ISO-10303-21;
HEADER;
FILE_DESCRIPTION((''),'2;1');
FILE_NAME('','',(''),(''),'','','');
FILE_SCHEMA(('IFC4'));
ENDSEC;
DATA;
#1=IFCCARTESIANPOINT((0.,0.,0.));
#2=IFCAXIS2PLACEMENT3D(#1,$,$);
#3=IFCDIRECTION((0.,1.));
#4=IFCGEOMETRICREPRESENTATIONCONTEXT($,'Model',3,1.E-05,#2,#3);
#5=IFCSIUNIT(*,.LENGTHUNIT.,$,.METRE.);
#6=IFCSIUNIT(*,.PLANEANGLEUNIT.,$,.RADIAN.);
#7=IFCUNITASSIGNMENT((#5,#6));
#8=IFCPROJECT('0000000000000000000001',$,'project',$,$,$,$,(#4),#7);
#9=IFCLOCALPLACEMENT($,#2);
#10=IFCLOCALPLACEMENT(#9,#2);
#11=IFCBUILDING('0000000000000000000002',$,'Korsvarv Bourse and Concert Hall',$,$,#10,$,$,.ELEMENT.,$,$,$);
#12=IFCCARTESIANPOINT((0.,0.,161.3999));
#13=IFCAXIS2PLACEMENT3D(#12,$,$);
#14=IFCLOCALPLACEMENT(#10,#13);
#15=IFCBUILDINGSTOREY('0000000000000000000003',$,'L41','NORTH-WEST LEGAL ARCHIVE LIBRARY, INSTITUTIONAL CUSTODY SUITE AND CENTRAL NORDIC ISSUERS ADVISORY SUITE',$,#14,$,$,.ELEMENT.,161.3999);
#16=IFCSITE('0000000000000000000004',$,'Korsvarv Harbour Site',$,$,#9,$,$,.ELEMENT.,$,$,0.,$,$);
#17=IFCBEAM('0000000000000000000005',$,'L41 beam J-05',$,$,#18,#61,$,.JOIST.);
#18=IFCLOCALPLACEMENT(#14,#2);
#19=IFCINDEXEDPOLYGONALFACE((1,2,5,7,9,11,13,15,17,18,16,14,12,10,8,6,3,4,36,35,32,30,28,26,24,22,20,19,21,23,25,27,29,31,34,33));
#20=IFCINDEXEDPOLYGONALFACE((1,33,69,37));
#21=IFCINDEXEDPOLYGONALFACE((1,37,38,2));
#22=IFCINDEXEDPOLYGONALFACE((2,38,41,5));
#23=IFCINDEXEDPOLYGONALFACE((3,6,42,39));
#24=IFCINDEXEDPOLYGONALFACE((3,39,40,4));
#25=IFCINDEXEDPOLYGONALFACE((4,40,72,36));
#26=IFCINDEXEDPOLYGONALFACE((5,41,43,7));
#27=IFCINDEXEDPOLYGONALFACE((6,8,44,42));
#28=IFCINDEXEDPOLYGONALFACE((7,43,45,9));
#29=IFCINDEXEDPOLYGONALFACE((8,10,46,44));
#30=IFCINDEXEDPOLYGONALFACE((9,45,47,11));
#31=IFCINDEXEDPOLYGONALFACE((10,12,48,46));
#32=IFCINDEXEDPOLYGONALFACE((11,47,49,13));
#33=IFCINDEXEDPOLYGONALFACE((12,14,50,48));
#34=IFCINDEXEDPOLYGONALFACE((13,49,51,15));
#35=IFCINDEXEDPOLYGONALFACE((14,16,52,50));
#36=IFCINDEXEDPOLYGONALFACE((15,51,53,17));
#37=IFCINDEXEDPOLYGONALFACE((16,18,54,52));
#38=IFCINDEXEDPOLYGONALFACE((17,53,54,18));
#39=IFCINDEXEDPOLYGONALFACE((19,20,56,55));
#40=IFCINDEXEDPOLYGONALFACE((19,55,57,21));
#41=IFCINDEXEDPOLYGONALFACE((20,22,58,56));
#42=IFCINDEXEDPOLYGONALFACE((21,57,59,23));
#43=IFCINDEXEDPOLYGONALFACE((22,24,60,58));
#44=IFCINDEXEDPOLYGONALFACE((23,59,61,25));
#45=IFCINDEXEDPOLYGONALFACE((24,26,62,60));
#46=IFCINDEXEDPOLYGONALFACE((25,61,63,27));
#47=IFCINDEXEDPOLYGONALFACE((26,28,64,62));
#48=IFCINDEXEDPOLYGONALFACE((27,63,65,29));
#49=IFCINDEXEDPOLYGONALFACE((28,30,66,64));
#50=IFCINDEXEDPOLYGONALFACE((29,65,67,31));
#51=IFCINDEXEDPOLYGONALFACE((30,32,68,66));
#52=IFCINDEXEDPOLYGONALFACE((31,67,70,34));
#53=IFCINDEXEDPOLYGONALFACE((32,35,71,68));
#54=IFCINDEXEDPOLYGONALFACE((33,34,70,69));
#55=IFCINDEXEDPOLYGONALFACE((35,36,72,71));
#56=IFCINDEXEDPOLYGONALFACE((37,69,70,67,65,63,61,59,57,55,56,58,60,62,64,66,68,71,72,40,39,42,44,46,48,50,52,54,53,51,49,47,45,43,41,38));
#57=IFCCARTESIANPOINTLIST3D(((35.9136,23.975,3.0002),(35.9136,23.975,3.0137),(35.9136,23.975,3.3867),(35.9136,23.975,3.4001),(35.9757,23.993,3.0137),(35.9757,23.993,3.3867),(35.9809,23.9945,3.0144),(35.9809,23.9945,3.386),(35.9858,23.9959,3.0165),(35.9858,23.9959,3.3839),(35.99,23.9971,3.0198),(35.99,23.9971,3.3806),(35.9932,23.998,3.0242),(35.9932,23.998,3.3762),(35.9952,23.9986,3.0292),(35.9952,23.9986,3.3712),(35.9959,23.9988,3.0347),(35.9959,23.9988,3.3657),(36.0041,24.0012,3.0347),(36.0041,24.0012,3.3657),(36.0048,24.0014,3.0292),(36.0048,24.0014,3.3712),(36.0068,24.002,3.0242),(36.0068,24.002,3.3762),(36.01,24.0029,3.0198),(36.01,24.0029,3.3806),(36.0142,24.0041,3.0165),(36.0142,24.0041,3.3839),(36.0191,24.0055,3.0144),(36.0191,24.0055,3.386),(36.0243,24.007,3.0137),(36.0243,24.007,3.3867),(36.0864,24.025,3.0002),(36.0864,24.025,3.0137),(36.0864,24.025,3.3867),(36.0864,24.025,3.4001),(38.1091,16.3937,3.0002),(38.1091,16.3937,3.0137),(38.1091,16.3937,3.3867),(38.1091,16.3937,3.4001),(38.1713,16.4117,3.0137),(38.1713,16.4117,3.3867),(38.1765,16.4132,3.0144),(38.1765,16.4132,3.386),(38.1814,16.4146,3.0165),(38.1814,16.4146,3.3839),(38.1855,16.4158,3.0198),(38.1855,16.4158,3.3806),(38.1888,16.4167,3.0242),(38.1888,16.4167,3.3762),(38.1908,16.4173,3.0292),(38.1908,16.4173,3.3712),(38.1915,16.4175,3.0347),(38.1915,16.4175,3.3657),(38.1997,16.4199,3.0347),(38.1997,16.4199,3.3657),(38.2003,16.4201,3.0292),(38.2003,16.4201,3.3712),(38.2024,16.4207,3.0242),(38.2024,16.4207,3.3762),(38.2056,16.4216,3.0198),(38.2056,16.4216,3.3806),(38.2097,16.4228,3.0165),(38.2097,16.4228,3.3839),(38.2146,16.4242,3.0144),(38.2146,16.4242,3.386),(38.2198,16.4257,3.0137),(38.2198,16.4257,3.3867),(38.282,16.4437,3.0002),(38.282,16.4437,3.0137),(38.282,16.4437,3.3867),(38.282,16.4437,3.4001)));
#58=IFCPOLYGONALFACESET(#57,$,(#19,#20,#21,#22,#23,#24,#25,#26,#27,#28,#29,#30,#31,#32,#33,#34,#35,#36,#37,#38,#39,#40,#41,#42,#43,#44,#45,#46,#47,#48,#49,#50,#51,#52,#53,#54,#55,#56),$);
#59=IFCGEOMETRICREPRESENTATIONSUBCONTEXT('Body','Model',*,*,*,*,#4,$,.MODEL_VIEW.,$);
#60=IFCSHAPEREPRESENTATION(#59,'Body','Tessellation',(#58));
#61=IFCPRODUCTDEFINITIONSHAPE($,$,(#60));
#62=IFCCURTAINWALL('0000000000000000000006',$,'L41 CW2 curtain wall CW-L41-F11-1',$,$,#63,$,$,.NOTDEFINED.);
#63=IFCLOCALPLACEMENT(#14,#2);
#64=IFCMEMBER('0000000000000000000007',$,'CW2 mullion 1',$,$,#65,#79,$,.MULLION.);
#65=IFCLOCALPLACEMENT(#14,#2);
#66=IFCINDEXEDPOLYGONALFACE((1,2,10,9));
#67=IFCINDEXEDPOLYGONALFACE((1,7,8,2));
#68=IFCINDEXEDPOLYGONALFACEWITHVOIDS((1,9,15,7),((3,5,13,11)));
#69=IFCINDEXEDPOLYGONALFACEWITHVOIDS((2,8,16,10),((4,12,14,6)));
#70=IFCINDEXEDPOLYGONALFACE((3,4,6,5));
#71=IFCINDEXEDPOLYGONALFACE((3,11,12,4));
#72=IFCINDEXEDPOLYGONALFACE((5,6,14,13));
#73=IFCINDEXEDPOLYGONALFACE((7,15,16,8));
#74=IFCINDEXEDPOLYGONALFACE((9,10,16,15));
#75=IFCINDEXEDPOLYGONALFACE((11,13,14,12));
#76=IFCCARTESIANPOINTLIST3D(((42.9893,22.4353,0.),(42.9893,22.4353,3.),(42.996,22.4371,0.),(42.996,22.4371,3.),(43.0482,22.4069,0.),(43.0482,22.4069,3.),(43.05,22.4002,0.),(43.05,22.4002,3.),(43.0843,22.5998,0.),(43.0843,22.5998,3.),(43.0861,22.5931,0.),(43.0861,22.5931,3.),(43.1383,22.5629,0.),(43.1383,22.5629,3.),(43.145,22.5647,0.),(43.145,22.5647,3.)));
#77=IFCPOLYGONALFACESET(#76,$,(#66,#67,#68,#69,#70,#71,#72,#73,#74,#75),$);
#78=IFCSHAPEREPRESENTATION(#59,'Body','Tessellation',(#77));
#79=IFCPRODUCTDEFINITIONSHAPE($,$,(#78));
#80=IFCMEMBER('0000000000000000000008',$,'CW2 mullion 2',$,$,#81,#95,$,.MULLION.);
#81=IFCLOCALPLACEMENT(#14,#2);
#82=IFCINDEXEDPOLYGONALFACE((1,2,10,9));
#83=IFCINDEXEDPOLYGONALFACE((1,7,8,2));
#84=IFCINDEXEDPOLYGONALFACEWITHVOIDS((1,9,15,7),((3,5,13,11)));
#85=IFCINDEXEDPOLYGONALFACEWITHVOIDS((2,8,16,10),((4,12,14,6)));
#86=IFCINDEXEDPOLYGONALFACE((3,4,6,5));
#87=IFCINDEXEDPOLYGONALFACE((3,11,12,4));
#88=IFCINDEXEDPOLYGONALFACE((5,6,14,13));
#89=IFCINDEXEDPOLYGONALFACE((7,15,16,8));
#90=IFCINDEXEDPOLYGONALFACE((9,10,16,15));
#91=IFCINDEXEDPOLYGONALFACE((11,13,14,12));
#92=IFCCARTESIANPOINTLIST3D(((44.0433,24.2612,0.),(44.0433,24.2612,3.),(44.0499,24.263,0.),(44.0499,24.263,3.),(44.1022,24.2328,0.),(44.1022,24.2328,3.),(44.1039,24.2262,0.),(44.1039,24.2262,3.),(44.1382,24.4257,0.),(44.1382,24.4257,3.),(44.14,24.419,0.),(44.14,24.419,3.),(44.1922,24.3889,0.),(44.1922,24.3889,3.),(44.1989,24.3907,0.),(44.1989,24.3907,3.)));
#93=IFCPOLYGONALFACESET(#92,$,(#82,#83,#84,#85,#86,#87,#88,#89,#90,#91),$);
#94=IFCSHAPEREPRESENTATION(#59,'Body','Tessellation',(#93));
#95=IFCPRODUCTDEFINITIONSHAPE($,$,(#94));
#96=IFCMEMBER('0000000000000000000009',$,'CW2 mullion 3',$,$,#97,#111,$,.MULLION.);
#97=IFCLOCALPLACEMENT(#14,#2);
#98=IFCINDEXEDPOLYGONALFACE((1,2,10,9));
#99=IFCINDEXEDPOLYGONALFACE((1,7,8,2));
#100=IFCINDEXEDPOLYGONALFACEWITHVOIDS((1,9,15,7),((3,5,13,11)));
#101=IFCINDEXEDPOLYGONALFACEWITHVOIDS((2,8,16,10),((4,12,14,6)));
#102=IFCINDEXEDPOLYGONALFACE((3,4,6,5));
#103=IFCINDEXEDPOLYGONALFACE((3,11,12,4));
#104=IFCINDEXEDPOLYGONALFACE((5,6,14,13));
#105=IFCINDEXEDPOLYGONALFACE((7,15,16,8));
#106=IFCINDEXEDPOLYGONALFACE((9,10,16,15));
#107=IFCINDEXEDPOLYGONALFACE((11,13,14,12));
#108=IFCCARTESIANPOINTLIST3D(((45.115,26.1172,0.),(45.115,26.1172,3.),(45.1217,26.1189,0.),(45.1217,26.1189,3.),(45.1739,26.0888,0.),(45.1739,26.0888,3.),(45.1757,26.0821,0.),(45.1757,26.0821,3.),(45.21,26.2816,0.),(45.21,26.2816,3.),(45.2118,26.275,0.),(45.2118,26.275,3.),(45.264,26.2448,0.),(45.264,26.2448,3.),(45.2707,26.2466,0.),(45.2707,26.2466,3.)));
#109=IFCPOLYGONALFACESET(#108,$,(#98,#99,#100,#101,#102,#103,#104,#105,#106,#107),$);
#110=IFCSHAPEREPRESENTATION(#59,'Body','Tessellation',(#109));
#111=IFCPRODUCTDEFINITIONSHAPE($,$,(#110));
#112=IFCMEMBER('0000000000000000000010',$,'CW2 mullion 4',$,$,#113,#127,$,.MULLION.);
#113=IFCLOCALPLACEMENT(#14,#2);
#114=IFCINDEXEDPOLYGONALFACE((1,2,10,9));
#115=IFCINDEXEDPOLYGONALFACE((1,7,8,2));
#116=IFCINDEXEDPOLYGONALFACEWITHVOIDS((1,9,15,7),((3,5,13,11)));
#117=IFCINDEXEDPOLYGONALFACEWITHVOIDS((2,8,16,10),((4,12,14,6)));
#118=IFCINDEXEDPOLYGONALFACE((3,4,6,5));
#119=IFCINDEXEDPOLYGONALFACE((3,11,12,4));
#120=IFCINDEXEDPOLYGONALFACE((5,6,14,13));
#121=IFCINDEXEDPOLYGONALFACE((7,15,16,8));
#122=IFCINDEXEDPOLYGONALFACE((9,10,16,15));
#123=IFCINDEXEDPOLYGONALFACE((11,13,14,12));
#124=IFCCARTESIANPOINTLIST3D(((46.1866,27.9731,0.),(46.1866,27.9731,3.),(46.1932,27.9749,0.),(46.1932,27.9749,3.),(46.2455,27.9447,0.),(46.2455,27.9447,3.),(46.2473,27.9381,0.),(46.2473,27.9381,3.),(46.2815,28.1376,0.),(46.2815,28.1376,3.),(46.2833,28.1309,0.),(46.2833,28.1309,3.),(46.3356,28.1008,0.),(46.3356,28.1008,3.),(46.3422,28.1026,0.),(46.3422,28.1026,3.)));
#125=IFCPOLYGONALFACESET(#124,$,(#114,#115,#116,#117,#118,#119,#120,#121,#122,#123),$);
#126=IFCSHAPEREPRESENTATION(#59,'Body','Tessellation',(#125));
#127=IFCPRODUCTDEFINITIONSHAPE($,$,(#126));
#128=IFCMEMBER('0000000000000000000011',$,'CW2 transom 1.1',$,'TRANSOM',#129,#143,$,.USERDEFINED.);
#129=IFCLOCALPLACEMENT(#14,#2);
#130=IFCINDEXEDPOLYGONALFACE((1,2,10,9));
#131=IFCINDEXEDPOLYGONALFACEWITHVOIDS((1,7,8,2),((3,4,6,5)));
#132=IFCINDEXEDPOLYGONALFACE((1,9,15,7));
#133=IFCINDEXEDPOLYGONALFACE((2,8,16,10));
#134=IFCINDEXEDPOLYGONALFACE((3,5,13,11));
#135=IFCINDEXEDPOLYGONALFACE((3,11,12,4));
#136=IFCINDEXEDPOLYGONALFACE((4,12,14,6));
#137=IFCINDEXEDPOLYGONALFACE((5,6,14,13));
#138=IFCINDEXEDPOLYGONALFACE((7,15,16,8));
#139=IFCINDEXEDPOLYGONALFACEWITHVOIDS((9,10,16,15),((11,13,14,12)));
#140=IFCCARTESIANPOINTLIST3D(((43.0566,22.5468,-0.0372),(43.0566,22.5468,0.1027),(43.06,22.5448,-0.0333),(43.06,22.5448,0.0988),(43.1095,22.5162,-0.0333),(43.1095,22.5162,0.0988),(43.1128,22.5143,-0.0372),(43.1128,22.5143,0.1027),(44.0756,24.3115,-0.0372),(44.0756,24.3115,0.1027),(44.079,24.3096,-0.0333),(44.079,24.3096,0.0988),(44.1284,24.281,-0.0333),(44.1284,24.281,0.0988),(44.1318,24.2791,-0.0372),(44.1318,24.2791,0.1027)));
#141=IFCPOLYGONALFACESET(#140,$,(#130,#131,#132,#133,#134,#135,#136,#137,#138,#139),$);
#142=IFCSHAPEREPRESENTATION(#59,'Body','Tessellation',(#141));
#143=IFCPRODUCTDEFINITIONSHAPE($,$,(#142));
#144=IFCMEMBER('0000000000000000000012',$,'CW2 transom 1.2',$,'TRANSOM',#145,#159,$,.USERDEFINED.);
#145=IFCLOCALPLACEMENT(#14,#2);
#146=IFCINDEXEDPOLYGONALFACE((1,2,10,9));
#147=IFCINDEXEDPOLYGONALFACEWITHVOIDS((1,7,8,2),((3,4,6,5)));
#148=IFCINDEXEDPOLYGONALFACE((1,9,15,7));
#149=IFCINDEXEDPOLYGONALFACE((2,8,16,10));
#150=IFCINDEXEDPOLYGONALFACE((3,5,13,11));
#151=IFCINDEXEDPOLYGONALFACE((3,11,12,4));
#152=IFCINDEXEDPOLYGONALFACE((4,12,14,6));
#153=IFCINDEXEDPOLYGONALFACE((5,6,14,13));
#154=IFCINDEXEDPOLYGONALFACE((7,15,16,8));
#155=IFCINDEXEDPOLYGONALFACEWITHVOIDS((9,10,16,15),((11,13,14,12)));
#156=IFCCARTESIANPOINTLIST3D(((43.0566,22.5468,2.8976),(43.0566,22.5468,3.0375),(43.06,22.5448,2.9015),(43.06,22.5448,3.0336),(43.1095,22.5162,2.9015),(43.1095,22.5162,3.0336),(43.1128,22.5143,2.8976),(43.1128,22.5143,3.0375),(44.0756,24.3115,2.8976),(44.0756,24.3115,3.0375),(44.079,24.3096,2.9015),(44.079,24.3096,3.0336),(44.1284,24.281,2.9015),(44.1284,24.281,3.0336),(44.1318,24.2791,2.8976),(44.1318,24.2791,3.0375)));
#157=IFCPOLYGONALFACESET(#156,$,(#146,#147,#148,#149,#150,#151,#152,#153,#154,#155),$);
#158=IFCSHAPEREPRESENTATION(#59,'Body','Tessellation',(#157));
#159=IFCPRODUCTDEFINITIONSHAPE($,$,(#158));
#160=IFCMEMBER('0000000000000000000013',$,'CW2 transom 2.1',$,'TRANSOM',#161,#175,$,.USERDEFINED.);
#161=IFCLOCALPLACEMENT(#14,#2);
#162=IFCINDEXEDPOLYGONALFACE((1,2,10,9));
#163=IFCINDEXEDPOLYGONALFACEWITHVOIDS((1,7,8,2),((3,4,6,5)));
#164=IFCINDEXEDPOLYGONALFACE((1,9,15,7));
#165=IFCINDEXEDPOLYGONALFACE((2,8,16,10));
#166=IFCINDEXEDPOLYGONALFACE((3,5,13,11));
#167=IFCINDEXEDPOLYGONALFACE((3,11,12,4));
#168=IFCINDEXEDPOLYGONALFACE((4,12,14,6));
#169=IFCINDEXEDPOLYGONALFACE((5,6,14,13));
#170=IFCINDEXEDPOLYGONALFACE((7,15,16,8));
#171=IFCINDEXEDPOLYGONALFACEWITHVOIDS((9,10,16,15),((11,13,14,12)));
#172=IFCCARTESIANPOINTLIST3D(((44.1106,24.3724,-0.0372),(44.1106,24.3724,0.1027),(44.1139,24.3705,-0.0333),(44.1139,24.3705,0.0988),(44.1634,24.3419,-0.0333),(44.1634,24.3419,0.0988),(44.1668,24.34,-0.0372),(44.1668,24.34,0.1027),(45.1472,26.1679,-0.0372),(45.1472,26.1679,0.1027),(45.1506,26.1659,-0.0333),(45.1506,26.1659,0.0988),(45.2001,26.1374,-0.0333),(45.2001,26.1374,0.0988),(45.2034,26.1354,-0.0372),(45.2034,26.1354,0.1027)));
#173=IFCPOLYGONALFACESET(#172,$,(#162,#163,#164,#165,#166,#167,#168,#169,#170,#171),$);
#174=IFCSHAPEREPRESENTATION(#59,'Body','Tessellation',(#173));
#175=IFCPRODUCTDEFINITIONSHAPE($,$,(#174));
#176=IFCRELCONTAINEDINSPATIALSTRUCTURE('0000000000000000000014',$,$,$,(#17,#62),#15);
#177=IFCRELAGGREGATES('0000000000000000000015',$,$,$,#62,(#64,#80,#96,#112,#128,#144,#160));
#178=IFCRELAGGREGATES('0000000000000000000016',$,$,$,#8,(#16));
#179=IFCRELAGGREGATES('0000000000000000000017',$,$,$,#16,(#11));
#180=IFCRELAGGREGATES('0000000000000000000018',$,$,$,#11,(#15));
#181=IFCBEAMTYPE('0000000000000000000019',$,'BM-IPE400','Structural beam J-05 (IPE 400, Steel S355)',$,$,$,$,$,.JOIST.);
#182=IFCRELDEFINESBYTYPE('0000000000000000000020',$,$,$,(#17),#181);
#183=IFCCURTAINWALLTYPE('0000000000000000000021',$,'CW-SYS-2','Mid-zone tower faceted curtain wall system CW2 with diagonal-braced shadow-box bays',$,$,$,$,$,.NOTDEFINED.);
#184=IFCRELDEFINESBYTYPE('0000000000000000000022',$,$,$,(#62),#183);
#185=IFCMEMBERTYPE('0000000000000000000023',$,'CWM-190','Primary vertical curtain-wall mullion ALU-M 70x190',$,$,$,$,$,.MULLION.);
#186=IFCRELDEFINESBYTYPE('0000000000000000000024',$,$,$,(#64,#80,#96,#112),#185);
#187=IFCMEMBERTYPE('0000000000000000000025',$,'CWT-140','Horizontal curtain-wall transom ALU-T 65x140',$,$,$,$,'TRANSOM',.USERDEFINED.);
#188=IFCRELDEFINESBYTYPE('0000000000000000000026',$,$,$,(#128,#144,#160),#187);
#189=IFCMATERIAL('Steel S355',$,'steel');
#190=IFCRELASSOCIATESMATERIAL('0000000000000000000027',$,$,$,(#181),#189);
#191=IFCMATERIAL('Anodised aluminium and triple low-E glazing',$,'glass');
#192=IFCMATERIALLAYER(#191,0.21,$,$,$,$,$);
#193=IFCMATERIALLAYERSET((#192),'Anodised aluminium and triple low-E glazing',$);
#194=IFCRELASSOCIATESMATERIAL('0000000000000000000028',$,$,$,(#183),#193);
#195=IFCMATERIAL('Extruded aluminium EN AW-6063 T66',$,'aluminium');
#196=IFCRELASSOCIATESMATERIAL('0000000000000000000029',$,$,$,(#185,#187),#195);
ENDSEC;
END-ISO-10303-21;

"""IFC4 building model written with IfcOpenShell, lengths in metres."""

from ifc_helpers import new_model, si_unit, direction, frame, origin, origin_2d, place, context, subcontext, project, spatial, hollow_rectangle, i_section, extrude, source, transform, mapped, material, layer, layer_set, material_profile, profile_set, type_object, element, aggregate, save


model = new_model("IFC4")

# Units and contexts
model_context = context("Model", 3, precision=1e-05, world=origin(), true_north=direction((0.0, 1.0)))
body_context = subcontext(model_context, "Body", "Model", "MODEL_VIEW")
ifc_project = project(units=[si_unit("LENGTHUNIT", "METRE"), si_unit("PLANEANGLEUNIT", "RADIAN")], contexts=[model_context])

# Site, building, storey
site_placement = place(None, origin())
site = spatial("IfcSite", under=ifc_project, at=site_placement, Name="Korsvarv Harbour Site", CompositionType="ELEMENT", RefElevation=0.0)
building_placement = place(site_placement, origin())
building = spatial("IfcBuilding", under=site, at=building_placement, Name="Korsvarv Bourse and Concert Hall", CompositionType="ELEMENT")
storey_placement = place(building_placement, frame((0.0, 0.0, 161.3999)))
storey = spatial("IfcBuildingStorey", under=building, at=storey_placement, Name="L41", Description="NORTH-WEST LEGAL ARCHIVE LIBRARY, INSTITUTIONAL CUSTODY SUITE AND CENTRAL NORDIC ISSUERS ADVISORY SUITE", CompositionType="ELEMENT", Elevation=161.3999)

# Shared definitions
ifc_material_1 = material(Name="Steel S355", Category="steel")

# Beam
ifc_material_profile_1 = material_profile(ifc_material_1, i_section(OverallWidth=0.1799, OverallDepth=0.3999, WebThickness=0.0085, FlangeThickness=0.0134, FilletRadius=0.021, at=origin_2d()), Name="IPE 400")
ifc_profile_set_1 = profile_set([ifc_material_profile_1], Name="Steel S355")
beam_type_1 = type_object("IfcBeamType", Name="BM-IPE400", Description="Structural beam J-05 (IPE 400, Steel S355)", PredefinedType="JOIST", material=ifc_profile_set_1)
shared_shape_1 = source(origin(), body_context, "Body", "SweptSolid", [
    extrude(i_section(OverallWidth=0.1799, OverallDepth=0.3999, WebThickness=0.0085, FlangeThickness=0.0134, FilletRadius=0.021, at=origin_2d()), origin(), (0.0, 0.0, 1.0), 7.8928),
])
beam_1_placement = place(storey_placement, frame((38.1956, 16.4187, 3.2002), z_axis=(-0.278171, 0.960531, 0.0), x_axis=(-0.960531, -0.278171, 0.0)))
element("IfcBeam", 1, at=beam_1_placement, inside=storey, type_object=beam_type_1, Name="L41 beam J-05", PredefinedType="JOIST", context=body_context, shape_type="MappedRepresentation", body=[
    mapped(shared_shape_1, transform((0.0, 0.0, 0.0), scale=1.0)),
])

# Curtain wall, members
ifc_material_2 = material(Name="Anodised aluminium and triple low-E glazing", Category="glass")
ifc_layer_1 = layer(ifc_material_2, 0.21)
ifc_layer_set_1 = layer_set([ifc_layer_1], Name="Anodised aluminium and triple low-E glazing")
curtain_wall_type = type_object("IfcCurtainWallType", Name="CW-SYS-2", Description="Mid-zone tower faceted curtain wall system CW2 with diagonal-braced shadow-box bays", PredefinedType="NOTDEFINED", material=ifc_layer_set_1)
curtain_wall_placement = place(storey_placement, origin())
curtain_wall = element("IfcCurtainWall", 2, at=curtain_wall_placement, inside=storey, type_object=curtain_wall_type, Name="L41 CW2 curtain wall CW-L41-F11-1", PredefinedType="NOTDEFINED")
ifc_material_3 = material(Name="Extruded aluminium EN AW-6063 T66", Category="aluminium")
ifc_material_profile_2 = material_profile(ifc_material_3, hollow_rectangle(XDim=0.0701, YDim=0.1899, WallThickness=0.0049, at=origin_2d()), Name="ALU-M 70x190")
ifc_profile_set_2 = profile_set([ifc_material_profile_2], Name="Extruded aluminium EN AW-6063 T66")
member_type_1 = type_object("IfcMemberType", Name="CWM-190", Description="Primary vertical curtain-wall mullion ALU-M 70x190", PredefinedType="MULLION", material=ifc_profile_set_2)
shared_shape_2 = source(origin(), body_context, "Body", "SweptSolid", [
    extrude(hollow_rectangle(XDim=0.0701, YDim=0.1899, WallThickness=0.0049, at=origin_2d()), origin(), (0.0, 0.0, 1.0), 3.0),
])
member_1_placement = place(storey_placement, frame((43.0671, 22.5, 0.0), z_axis=(0.0, 0.0, 1.0), x_axis=(-0.866026, 0.499998, 0.0)))
member_1 = element("IfcMember", 3, at=member_1_placement, type_object=member_type_1, Name="CW2 mullion 1", PredefinedType="MULLION", context=body_context, shape_type="MappedRepresentation", body=[
    mapped(shared_shape_2, transform((0.0, 0.0, 0.0), scale=1.0)),
])
member_2_placement = place(storey_placement, frame((44.1211, 24.3259, 0.0), z_axis=(0.0, 0.0, 1.0), x_axis=(-0.866026, 0.499998, 0.0)))
member_2 = element("IfcMember", 4, at=member_2_placement, type_object=member_type_1, Name="CW2 mullion 2", PredefinedType="MULLION", context=body_context, shape_type="MappedRepresentation", body=[
    mapped(shared_shape_2, transform((0.0, 0.0, 0.0), scale=1.0)),
])
member_3_placement = place(storey_placement, frame((45.1929, 26.1819, 0.0), z_axis=(0.0, 0.0, 1.0), x_axis=(-0.866026, 0.499998, 0.0)))
member_3 = element("IfcMember", 5, at=member_3_placement, type_object=member_type_1, Name="CW2 mullion 3", PredefinedType="MULLION", context=body_context, shape_type="MappedRepresentation", body=[
    mapped(shared_shape_2, transform((0.0, 0.0, 0.0), scale=1.0)),
])
member_4_placement = place(storey_placement, frame((46.2644, 28.0378, 0.0), z_axis=(0.0, 0.0, 1.0), x_axis=(-0.866026, 0.499998, 0.0)))
member_4 = element("IfcMember", 6, at=member_4_placement, type_object=member_type_1, Name="CW2 mullion 4", PredefinedType="MULLION", context=body_context, shape_type="MappedRepresentation", body=[
    mapped(shared_shape_2, transform((0.0, 0.0, 0.0), scale=1.0)),
])
ifc_material_profile_3 = material_profile(ifc_material_3, hollow_rectangle(XDim=0.0649, YDim=0.1399, WallThickness=0.0039, at=origin_2d()), Name="ALU-T 65x140")
ifc_profile_set_3 = profile_set([ifc_material_profile_3], Name="Extruded aluminium EN AW-6063 T66")
member_type_2 = type_object("IfcMemberType", Name="CWT-140", Description="Horizontal curtain-wall transom ALU-T 65x140", ElementType="TRANSOM", PredefinedType="USERDEFINED", material=ifc_profile_set_3)
shared_shape_3 = source(origin(), body_context, "Body", "SweptSolid", [
    extrude(hollow_rectangle(XDim=0.0649, YDim=0.1399, WallThickness=0.0039, at=origin_2d()), origin(), (0.0, 0.0, 1.0), 2.0378),
])
member_5_placement = place(storey_placement, frame((43.0847, 22.5305, 0.0327), z_axis=(0.50003, 0.866008, 0.0), x_axis=(-0.866008, 0.50003, 0.0)))
member_5 = element("IfcMember", 7, at=member_5_placement, type_object=member_type_2, Name="CW2 transom 1.1", ObjectType="TRANSOM", PredefinedType="USERDEFINED", context=body_context, shape_type="MappedRepresentation", body=[
    mapped(shared_shape_3, transform((0.0, 0.0, 0.0), scale=1.0)),
])
member_6_placement = place(storey_placement, frame((43.0847, 22.5305, 2.9675), z_axis=(0.50003, 0.866008, 0.0), x_axis=(-0.866008, 0.50003, 0.0)))
member_6 = element("IfcMember", 8, at=member_6_placement, type_object=member_type_2, Name="CW2 transom 1.2", ObjectType="TRANSOM", PredefinedType="USERDEFINED", context=body_context, shape_type="MappedRepresentation", body=[
    mapped(shared_shape_3, transform((0.0, 0.0, 0.0), scale=1.0)),
])
shared_shape_4 = source(origin(), body_context, "Body", "SweptSolid", [
    extrude(hollow_rectangle(XDim=0.0649, YDim=0.1399, WallThickness=0.0039, at=origin_2d()), origin(), (0.0, 0.0, 1.0), 2.0732),
])
member_7_placement = place(storey_placement, frame((44.1387, 24.3562, 0.0327), z_axis=(0.500015, 0.866017, 0.0), x_axis=(-0.866017, 0.500015, 0.0)))
member_7 = element("IfcMember", 9, at=member_7_placement, type_object=member_type_2, Name="CW2 transom 2.1", ObjectType="TRANSOM", PredefinedType="USERDEFINED", context=body_context, shape_type="MappedRepresentation", body=[
    mapped(shared_shape_4, transform((0.0, 0.0, 0.0), scale=1.0)),
])
aggregate(curtain_wall, [member_1, member_2, member_3, member_4, member_5, member_6, member_7])

save(model, "model.ifc")
